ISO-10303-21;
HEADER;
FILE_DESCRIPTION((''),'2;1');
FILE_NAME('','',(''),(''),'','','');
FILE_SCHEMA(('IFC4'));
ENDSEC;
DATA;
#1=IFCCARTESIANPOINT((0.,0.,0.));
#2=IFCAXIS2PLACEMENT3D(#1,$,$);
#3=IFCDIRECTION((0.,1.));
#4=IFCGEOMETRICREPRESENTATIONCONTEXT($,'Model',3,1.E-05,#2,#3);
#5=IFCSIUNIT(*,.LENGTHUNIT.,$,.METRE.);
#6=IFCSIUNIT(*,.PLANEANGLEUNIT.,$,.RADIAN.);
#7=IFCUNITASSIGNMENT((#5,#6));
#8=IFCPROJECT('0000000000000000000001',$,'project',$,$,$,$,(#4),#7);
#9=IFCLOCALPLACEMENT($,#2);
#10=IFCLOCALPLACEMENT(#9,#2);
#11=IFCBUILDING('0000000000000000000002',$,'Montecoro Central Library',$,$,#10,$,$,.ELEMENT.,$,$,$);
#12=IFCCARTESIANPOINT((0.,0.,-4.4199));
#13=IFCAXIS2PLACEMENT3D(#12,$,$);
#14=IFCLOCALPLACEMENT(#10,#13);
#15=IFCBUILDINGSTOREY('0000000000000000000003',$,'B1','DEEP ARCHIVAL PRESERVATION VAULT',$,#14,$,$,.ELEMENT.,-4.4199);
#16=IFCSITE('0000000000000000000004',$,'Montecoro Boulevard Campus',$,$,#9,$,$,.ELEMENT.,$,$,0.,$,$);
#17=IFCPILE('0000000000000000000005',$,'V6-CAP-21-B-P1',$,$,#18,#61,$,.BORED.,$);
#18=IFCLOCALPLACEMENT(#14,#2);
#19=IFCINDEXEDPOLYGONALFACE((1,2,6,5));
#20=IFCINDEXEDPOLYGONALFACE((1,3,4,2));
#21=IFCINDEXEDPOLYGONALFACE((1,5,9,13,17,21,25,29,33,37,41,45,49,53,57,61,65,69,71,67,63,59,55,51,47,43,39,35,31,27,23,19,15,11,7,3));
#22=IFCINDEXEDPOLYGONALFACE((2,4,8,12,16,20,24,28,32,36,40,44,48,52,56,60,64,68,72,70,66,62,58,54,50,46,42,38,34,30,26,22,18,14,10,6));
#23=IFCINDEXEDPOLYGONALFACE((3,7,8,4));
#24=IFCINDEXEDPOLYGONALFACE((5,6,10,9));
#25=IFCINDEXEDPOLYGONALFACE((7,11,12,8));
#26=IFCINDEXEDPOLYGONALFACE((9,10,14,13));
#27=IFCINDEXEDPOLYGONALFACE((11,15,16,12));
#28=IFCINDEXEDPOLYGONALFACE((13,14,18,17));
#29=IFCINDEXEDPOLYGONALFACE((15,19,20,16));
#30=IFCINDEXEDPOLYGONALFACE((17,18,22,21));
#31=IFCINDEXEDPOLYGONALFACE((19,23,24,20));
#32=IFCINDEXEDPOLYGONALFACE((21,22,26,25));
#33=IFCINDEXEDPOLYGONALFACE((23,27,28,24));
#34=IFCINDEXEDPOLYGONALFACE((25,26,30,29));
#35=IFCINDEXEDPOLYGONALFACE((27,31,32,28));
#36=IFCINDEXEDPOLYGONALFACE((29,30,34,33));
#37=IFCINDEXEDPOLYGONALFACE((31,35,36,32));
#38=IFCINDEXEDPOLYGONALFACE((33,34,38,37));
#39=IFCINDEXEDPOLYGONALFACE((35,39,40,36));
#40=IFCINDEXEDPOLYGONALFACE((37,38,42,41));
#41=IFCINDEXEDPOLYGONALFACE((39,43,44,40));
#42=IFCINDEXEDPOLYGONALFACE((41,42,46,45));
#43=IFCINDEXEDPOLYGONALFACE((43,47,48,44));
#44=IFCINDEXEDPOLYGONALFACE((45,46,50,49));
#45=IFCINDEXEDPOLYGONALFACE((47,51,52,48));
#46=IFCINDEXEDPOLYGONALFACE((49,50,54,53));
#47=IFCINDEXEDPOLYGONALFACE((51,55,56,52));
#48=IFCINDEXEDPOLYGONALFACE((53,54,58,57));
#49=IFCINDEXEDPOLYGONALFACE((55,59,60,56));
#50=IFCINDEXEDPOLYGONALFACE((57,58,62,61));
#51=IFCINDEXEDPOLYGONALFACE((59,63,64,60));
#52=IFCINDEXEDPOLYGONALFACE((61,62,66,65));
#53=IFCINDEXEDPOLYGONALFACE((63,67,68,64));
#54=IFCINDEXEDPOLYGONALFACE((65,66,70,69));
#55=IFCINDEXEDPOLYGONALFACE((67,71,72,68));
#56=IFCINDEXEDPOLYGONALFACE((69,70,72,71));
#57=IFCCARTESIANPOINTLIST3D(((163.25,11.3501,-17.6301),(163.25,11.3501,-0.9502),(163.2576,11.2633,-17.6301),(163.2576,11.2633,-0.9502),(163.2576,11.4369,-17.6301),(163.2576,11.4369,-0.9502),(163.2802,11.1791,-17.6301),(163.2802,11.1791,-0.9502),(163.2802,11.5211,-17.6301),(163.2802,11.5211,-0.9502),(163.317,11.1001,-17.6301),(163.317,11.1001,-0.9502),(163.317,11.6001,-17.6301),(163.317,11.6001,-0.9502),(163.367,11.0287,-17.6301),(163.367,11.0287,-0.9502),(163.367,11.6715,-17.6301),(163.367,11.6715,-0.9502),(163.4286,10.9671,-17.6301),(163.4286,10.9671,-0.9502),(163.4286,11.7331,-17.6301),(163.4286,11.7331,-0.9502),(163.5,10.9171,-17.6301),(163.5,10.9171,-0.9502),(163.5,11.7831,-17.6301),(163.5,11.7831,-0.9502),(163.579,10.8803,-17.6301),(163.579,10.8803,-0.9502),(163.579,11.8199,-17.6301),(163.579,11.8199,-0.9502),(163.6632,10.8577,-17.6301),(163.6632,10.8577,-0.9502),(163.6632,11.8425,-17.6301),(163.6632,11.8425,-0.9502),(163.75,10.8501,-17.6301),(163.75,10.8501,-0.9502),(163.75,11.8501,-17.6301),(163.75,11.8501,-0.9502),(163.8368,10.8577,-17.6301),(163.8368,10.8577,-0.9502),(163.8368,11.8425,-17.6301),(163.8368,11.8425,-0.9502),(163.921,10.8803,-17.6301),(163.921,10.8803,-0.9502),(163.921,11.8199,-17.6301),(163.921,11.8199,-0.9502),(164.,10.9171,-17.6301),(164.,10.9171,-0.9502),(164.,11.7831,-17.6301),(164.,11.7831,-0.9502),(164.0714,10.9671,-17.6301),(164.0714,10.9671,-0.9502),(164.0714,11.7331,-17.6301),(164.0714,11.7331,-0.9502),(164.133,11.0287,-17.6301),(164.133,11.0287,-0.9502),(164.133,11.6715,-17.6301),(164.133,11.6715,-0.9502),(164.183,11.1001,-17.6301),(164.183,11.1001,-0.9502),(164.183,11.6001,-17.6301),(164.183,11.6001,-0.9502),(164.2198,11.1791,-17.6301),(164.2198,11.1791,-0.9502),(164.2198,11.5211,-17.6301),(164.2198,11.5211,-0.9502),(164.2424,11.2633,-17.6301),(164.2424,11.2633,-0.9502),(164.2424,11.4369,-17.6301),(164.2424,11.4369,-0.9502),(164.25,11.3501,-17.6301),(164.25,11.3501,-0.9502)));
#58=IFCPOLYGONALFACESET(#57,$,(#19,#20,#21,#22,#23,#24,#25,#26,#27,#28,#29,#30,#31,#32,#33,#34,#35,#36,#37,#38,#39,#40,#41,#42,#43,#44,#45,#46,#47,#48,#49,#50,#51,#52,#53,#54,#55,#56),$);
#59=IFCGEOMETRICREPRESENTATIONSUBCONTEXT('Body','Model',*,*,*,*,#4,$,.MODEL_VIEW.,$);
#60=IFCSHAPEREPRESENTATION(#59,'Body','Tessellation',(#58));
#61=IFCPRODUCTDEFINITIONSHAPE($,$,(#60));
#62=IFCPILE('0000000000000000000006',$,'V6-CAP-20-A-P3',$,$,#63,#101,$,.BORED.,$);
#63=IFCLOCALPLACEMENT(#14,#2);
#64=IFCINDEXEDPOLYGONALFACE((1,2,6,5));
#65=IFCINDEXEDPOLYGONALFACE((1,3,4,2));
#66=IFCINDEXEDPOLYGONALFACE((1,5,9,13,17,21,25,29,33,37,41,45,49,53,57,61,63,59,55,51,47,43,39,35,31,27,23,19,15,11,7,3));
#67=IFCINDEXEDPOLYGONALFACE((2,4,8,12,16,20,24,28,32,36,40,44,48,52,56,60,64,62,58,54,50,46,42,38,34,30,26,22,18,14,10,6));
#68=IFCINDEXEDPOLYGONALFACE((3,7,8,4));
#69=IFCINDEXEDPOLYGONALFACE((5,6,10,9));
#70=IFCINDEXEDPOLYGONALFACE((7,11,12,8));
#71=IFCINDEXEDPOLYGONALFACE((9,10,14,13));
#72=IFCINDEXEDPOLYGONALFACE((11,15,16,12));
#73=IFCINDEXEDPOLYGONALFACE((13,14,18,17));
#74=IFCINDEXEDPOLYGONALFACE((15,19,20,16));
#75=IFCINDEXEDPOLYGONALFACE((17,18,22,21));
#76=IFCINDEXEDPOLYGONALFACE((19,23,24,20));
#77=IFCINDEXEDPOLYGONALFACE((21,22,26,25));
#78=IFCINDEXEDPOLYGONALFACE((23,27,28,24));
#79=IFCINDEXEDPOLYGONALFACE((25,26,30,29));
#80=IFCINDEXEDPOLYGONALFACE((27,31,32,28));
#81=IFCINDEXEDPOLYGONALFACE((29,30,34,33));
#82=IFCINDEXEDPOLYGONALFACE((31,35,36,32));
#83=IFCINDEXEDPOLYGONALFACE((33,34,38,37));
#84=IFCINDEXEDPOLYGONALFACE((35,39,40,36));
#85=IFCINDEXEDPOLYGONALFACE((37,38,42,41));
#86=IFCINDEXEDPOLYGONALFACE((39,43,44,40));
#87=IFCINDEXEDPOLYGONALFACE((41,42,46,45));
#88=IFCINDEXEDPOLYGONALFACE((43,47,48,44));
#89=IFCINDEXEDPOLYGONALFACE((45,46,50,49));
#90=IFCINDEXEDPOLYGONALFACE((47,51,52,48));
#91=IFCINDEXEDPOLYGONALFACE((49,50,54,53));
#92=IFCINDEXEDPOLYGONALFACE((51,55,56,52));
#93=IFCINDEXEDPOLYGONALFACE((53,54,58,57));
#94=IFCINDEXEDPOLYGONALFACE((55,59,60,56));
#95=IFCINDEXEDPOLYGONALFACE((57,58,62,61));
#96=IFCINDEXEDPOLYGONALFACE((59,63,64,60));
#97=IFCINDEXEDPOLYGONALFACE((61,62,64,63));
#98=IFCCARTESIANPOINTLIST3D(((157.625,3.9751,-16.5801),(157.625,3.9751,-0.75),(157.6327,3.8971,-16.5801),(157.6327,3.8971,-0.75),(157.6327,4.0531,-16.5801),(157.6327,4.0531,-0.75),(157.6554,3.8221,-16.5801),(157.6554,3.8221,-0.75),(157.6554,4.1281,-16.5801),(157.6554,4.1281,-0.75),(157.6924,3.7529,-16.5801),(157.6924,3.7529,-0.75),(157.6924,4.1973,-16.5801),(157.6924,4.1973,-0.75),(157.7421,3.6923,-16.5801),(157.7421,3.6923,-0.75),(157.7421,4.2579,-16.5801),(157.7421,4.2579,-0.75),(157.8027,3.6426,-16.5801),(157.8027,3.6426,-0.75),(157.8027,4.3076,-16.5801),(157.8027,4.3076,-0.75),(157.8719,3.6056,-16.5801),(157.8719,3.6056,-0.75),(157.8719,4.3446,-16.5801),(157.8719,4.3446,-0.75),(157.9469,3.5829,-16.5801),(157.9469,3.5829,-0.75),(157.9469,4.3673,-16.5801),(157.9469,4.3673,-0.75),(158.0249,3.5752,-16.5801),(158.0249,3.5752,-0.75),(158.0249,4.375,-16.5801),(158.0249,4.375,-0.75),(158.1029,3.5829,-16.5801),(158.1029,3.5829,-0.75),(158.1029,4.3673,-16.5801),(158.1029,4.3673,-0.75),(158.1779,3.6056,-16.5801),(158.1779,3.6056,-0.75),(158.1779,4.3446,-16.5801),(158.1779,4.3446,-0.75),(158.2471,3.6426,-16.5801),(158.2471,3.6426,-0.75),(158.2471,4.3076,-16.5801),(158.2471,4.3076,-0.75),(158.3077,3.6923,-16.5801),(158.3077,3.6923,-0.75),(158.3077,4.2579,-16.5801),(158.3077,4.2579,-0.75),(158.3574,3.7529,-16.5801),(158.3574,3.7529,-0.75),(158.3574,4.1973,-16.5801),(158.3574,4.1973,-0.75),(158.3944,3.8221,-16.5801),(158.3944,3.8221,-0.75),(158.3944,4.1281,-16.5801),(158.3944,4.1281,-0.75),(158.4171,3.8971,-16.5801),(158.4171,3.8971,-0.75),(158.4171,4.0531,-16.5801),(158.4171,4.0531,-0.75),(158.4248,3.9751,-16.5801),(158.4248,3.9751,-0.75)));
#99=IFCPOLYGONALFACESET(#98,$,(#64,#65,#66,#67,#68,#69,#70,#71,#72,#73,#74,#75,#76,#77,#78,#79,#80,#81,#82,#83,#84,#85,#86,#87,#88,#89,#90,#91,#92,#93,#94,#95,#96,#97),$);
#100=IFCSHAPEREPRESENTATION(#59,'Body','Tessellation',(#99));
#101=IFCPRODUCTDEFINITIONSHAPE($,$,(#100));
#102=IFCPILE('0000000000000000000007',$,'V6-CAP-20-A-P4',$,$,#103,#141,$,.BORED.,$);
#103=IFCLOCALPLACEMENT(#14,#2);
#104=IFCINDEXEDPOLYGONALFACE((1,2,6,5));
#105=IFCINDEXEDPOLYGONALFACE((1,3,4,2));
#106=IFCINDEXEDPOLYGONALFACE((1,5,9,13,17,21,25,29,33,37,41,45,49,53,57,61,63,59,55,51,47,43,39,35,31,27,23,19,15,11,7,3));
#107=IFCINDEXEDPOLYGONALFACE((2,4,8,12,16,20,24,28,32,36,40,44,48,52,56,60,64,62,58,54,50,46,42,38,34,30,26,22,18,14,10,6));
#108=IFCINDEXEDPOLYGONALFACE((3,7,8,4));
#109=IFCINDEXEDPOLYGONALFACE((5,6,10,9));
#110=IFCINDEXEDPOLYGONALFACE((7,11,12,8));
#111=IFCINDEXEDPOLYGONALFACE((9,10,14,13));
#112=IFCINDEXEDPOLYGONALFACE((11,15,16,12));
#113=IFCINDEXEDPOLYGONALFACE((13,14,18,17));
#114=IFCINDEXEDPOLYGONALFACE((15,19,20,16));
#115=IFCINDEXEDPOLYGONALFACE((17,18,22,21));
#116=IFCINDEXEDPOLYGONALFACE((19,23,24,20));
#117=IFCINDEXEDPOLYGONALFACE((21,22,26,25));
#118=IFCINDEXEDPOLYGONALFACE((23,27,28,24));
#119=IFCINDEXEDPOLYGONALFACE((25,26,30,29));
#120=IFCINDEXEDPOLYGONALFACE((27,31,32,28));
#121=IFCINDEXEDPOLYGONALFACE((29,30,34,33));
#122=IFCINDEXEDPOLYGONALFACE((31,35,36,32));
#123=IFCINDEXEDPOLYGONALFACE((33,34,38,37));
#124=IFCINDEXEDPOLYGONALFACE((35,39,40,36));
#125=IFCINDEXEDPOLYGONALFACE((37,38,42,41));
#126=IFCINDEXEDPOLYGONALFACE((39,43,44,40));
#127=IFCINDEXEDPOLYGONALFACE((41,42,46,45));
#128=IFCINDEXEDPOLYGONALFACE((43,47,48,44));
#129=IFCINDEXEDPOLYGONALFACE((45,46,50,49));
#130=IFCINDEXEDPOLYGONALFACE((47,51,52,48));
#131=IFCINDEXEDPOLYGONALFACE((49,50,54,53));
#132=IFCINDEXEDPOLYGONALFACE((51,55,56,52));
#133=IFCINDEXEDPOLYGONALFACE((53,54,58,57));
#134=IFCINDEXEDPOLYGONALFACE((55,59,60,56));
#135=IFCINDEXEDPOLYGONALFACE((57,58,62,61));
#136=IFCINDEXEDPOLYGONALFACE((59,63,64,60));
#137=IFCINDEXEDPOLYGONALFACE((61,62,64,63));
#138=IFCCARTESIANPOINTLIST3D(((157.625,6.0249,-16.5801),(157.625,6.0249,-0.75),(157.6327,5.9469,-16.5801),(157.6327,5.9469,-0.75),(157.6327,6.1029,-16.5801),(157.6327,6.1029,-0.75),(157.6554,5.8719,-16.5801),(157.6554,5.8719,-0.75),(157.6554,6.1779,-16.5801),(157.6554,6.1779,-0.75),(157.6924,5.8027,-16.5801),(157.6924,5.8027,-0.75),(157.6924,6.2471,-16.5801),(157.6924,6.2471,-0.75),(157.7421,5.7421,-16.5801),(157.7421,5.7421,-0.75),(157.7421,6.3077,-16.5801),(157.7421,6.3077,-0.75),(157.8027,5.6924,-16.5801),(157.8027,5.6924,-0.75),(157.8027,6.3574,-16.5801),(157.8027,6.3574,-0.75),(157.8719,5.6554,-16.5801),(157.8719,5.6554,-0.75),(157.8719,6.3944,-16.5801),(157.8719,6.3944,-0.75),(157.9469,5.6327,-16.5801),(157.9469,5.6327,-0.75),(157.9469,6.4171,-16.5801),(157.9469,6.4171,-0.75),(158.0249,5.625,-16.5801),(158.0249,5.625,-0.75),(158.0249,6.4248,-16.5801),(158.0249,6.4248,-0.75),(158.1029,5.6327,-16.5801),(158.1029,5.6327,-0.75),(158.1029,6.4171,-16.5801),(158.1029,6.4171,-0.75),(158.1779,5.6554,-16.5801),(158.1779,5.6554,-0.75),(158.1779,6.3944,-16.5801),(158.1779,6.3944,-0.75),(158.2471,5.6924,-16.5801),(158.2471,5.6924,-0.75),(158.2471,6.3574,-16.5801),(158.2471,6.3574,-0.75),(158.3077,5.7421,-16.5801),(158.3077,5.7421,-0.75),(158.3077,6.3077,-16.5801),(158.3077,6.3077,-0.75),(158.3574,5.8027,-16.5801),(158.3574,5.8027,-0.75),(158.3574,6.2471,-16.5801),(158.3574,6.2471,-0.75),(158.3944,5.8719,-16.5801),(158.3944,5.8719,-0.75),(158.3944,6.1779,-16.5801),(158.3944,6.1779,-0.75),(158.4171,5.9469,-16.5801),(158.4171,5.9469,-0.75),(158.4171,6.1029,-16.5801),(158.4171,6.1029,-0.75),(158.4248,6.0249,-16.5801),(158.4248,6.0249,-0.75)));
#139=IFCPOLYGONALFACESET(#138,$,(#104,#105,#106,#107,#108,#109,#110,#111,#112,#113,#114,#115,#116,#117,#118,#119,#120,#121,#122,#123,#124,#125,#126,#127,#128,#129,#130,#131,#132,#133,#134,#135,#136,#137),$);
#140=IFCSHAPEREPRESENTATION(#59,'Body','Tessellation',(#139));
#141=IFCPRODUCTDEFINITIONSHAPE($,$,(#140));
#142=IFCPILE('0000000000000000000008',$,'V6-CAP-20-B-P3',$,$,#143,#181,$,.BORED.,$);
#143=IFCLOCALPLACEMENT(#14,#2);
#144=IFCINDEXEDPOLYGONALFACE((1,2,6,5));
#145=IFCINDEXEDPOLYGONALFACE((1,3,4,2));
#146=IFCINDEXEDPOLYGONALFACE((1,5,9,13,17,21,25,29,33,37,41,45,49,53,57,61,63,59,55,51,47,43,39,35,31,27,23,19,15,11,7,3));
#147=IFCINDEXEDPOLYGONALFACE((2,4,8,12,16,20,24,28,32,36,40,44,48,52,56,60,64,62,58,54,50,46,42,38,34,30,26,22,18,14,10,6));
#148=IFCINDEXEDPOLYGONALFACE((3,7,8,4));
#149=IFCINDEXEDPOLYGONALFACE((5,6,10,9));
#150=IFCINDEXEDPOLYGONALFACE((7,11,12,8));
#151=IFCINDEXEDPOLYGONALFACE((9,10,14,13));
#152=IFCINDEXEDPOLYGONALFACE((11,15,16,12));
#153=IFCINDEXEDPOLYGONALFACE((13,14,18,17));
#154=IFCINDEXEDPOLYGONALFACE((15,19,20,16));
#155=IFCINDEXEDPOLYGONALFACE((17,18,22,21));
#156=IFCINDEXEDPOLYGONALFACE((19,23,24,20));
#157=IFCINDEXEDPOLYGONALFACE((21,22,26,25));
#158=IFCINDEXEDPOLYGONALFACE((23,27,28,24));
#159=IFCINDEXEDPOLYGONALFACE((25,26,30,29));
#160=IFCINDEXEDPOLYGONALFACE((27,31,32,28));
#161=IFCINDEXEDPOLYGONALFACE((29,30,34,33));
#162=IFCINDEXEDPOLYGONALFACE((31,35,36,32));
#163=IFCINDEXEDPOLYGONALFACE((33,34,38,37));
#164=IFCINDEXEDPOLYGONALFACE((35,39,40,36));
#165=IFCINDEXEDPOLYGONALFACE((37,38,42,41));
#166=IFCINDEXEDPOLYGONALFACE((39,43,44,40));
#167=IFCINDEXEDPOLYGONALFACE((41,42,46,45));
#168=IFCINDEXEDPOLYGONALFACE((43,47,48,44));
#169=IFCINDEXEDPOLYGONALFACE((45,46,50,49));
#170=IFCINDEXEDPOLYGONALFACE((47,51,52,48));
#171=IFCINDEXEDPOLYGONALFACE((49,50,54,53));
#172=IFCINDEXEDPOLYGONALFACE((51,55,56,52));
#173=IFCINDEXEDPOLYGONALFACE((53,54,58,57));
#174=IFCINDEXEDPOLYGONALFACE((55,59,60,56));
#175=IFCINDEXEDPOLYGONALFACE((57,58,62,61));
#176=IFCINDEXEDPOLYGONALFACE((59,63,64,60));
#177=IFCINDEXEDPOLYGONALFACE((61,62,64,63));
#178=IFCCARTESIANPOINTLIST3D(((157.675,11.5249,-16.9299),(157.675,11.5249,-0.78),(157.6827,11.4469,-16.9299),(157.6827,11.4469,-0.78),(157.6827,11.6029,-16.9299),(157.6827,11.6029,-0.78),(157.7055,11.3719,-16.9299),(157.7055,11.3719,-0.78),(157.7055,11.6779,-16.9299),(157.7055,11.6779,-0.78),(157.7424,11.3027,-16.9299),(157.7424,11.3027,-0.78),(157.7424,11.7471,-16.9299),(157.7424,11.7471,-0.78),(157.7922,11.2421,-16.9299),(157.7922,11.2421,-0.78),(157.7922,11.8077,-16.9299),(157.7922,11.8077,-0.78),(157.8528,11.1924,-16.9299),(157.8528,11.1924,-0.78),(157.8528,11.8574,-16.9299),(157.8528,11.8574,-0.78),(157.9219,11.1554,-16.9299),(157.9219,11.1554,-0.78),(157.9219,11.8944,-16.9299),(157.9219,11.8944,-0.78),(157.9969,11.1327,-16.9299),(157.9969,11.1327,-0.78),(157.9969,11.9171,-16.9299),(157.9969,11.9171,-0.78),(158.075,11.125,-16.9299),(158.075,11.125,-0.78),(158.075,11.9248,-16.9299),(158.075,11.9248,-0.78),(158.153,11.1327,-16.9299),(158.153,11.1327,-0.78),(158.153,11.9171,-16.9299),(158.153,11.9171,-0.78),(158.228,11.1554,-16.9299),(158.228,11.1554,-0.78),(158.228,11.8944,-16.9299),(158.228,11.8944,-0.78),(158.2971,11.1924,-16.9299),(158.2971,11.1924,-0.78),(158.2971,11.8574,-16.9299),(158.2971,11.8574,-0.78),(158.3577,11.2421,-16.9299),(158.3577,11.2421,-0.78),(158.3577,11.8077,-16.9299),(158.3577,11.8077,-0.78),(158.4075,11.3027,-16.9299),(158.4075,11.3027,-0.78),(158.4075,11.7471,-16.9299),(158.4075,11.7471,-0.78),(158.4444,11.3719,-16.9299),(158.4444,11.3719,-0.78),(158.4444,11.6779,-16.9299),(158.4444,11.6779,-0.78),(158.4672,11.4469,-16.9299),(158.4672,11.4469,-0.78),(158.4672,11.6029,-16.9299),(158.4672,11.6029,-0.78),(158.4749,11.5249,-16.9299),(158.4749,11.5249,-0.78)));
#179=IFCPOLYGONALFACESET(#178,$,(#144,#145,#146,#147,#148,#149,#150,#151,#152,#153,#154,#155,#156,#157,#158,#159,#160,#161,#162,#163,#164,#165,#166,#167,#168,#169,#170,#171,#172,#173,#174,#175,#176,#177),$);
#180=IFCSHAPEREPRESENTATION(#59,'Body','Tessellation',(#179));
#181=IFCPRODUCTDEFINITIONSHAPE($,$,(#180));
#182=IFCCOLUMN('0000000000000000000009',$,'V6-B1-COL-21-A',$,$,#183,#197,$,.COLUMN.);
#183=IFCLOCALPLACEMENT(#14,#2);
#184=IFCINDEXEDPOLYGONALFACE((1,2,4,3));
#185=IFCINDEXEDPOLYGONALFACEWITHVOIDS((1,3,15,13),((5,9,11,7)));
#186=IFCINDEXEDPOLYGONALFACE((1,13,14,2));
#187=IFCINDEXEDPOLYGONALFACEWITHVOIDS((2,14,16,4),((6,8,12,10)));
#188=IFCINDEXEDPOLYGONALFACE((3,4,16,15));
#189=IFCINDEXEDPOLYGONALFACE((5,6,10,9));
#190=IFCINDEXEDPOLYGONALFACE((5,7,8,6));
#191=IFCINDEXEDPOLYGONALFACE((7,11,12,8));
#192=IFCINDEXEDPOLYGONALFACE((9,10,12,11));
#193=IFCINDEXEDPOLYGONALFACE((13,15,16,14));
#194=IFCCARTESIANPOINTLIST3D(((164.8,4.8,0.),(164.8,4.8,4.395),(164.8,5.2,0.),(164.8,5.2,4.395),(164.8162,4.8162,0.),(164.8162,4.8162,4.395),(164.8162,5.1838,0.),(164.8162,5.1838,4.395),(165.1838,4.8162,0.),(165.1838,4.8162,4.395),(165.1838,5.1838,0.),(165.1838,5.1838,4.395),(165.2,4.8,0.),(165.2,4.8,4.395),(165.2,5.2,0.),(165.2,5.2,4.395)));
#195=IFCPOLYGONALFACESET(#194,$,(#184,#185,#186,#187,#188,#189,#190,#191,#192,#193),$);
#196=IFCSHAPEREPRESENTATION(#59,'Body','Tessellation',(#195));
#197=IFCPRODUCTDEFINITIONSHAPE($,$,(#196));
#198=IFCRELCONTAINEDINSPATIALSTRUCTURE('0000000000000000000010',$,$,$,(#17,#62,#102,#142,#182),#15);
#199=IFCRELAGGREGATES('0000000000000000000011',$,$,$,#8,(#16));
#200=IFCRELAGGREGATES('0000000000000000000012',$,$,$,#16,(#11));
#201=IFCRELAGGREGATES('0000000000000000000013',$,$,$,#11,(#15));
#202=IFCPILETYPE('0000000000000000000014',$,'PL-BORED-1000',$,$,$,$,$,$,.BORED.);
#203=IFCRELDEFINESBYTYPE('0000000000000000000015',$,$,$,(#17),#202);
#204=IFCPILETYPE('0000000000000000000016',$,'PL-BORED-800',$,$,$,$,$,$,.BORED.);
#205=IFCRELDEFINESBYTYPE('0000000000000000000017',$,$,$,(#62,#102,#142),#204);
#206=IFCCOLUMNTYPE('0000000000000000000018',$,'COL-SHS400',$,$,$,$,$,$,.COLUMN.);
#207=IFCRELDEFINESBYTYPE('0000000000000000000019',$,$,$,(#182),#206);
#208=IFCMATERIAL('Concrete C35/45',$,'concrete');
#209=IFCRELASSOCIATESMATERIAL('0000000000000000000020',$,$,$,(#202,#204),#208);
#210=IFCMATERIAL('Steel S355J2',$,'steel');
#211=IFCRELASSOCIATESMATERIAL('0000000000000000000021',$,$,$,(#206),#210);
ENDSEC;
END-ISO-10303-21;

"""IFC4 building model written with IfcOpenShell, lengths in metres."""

from ifc_helpers import new_model, si_unit, direction, frame, origin, origin_2d, place, context, subcontext, project, spatial, hollow_rectangle, circle, extrude, material, material_profile, profile_set, type_object, element, save


model = new_model("IFC4")

# Units and contexts
model_context = context("Model", 3, precision=1e-05, world=origin(), true_north=direction((0.0, 1.0)))
body_context = subcontext(model_context, "Body", "Model", "MODEL_VIEW")
ifc_project = project(units=[si_unit("LENGTHUNIT", "METRE"), si_unit("PLANEANGLEUNIT", "RADIAN")], contexts=[model_context])

# Site, building, storey
site_placement = place(None, origin())
site = spatial("IfcSite", under=ifc_project, at=site_placement, Name="Montecoro Boulevard Campus", CompositionType="ELEMENT", RefElevation=0.0)
building_placement = place(site_placement, origin())
building = spatial("IfcBuilding", under=site, at=building_placement, Name="Montecoro Central Library", CompositionType="ELEMENT")
storey_placement = place(building_placement, frame((0.0, 0.0, -4.4199)))
storey = spatial("IfcBuildingStorey", under=building, at=storey_placement, Name="B1", Description="DEEP ARCHIVAL PRESERVATION VAULT", CompositionType="ELEMENT", Elevation=-4.4199)

# Shared definitions
ifc_material_1 = material(Name="Concrete C35/45", Category="concrete")

# Piles
ifc_material_profile_1 = material_profile(ifc_material_1, circle(Radius=0.5, at=origin_2d()), Name="PILE D1000")
ifc_profile_set_1 = profile_set([ifc_material_profile_1], Name="Concrete C35/45")
pile_type_1 = type_object("IfcPileType", Name="PL-BORED-1000", PredefinedType="BORED", material=ifc_profile_set_1)
pile_1_placement = place(storey_placement, frame((163.75, 11.3501, -0.9502), z_axis=(0.0, 0.0, -1.0), x_axis=(1.0, 0.0, 0.0)))
element("IfcPile", 1, at=pile_1_placement, inside=storey, type_object=pile_type_1, Name="V6-CAP-21-B-P1", PredefinedType="BORED", context=body_context, shape_type="SweptSolid", body=[
    extrude(circle(Radius=0.5, at=origin_2d()), origin(), (0.0, 0.0, 1.0), 16.6799),
])
ifc_material_profile_2 = material_profile(ifc_material_1, circle(Radius=0.3999, at=origin_2d()), Name="PILE D800")
ifc_profile_set_2 = profile_set([ifc_material_profile_2], Name="Concrete C35/45")
pile_type_2 = type_object("IfcPileType", Name="PL-BORED-800", PredefinedType="BORED", material=ifc_profile_set_2)
for number, where, z_axis, x_axis, name in (
    (2, (158.0249, 3.9751, -0.75), (0.0, 0.0, -1.0), (1.0, 0.0, 0.0), "V6-CAP-20-A-P3"),
    (3, (158.0249, 6.0249, -0.75), (0.0, 0.0, -1.0), (1.0, 0.0, 0.0), "V6-CAP-20-A-P4"),
):
    element("IfcPile", number, at=place(storey_placement, frame(where, z_axis=z_axis, x_axis=x_axis)), inside=storey, type_object=pile_type_2, Name=name, PredefinedType="BORED", context=body_context, shape_type="SweptSolid", body=[
        extrude(circle(Radius=0.3999, at=origin_2d()), origin(), (0.0, 0.0, 1.0), 15.8301),
    ])
pile_2_placement = place(storey_placement, frame((158.075, 11.5249, -0.78), z_axis=(0.0, 0.0, -1.0), x_axis=(1.0, 0.0, 0.0)))
element("IfcPile", 4, at=pile_2_placement, inside=storey, type_object=pile_type_2, Name="V6-CAP-20-B-P3", PredefinedType="BORED", context=body_context, shape_type="SweptSolid", body=[
    extrude(circle(Radius=0.3999, at=origin_2d()), origin(), (0.0, 0.0, 1.0), 16.1499),
])

# Column
ifc_material_2 = material(Name="Steel S355J2", Category="steel")
ifc_material_profile_3 = material_profile(ifc_material_2, hollow_rectangle(XDim=0.3999, YDim=0.3999, WallThickness=0.0161, at=origin_2d()), Name="SHS 400x400x16.0")
ifc_profile_set_3 = profile_set([ifc_material_profile_3], Name="Steel S355J2")
column_type = type_object("IfcColumnType", Name="COL-SHS400", PredefinedType="COLUMN", material=ifc_profile_set_3)
column_placement = place(storey_placement, frame((165.0, 5.0, 0.0), z_axis=(0.0, 0.0, 1.0), x_axis=(1.0, 0.0, 0.0)))
element("IfcColumn", 5, at=column_placement, inside=storey, type_object=column_type, Name="V6-B1-COL-21-A", PredefinedType="COLUMN", context=body_context, shape_type="SweptSolid", body=[
    extrude(hollow_rectangle(XDim=0.3999, YDim=0.3999, WallThickness=0.0161, at=origin_2d()), origin(), (0.0, 0.0, 1.0), 4.395),
])

save(model, "model.ifc")
